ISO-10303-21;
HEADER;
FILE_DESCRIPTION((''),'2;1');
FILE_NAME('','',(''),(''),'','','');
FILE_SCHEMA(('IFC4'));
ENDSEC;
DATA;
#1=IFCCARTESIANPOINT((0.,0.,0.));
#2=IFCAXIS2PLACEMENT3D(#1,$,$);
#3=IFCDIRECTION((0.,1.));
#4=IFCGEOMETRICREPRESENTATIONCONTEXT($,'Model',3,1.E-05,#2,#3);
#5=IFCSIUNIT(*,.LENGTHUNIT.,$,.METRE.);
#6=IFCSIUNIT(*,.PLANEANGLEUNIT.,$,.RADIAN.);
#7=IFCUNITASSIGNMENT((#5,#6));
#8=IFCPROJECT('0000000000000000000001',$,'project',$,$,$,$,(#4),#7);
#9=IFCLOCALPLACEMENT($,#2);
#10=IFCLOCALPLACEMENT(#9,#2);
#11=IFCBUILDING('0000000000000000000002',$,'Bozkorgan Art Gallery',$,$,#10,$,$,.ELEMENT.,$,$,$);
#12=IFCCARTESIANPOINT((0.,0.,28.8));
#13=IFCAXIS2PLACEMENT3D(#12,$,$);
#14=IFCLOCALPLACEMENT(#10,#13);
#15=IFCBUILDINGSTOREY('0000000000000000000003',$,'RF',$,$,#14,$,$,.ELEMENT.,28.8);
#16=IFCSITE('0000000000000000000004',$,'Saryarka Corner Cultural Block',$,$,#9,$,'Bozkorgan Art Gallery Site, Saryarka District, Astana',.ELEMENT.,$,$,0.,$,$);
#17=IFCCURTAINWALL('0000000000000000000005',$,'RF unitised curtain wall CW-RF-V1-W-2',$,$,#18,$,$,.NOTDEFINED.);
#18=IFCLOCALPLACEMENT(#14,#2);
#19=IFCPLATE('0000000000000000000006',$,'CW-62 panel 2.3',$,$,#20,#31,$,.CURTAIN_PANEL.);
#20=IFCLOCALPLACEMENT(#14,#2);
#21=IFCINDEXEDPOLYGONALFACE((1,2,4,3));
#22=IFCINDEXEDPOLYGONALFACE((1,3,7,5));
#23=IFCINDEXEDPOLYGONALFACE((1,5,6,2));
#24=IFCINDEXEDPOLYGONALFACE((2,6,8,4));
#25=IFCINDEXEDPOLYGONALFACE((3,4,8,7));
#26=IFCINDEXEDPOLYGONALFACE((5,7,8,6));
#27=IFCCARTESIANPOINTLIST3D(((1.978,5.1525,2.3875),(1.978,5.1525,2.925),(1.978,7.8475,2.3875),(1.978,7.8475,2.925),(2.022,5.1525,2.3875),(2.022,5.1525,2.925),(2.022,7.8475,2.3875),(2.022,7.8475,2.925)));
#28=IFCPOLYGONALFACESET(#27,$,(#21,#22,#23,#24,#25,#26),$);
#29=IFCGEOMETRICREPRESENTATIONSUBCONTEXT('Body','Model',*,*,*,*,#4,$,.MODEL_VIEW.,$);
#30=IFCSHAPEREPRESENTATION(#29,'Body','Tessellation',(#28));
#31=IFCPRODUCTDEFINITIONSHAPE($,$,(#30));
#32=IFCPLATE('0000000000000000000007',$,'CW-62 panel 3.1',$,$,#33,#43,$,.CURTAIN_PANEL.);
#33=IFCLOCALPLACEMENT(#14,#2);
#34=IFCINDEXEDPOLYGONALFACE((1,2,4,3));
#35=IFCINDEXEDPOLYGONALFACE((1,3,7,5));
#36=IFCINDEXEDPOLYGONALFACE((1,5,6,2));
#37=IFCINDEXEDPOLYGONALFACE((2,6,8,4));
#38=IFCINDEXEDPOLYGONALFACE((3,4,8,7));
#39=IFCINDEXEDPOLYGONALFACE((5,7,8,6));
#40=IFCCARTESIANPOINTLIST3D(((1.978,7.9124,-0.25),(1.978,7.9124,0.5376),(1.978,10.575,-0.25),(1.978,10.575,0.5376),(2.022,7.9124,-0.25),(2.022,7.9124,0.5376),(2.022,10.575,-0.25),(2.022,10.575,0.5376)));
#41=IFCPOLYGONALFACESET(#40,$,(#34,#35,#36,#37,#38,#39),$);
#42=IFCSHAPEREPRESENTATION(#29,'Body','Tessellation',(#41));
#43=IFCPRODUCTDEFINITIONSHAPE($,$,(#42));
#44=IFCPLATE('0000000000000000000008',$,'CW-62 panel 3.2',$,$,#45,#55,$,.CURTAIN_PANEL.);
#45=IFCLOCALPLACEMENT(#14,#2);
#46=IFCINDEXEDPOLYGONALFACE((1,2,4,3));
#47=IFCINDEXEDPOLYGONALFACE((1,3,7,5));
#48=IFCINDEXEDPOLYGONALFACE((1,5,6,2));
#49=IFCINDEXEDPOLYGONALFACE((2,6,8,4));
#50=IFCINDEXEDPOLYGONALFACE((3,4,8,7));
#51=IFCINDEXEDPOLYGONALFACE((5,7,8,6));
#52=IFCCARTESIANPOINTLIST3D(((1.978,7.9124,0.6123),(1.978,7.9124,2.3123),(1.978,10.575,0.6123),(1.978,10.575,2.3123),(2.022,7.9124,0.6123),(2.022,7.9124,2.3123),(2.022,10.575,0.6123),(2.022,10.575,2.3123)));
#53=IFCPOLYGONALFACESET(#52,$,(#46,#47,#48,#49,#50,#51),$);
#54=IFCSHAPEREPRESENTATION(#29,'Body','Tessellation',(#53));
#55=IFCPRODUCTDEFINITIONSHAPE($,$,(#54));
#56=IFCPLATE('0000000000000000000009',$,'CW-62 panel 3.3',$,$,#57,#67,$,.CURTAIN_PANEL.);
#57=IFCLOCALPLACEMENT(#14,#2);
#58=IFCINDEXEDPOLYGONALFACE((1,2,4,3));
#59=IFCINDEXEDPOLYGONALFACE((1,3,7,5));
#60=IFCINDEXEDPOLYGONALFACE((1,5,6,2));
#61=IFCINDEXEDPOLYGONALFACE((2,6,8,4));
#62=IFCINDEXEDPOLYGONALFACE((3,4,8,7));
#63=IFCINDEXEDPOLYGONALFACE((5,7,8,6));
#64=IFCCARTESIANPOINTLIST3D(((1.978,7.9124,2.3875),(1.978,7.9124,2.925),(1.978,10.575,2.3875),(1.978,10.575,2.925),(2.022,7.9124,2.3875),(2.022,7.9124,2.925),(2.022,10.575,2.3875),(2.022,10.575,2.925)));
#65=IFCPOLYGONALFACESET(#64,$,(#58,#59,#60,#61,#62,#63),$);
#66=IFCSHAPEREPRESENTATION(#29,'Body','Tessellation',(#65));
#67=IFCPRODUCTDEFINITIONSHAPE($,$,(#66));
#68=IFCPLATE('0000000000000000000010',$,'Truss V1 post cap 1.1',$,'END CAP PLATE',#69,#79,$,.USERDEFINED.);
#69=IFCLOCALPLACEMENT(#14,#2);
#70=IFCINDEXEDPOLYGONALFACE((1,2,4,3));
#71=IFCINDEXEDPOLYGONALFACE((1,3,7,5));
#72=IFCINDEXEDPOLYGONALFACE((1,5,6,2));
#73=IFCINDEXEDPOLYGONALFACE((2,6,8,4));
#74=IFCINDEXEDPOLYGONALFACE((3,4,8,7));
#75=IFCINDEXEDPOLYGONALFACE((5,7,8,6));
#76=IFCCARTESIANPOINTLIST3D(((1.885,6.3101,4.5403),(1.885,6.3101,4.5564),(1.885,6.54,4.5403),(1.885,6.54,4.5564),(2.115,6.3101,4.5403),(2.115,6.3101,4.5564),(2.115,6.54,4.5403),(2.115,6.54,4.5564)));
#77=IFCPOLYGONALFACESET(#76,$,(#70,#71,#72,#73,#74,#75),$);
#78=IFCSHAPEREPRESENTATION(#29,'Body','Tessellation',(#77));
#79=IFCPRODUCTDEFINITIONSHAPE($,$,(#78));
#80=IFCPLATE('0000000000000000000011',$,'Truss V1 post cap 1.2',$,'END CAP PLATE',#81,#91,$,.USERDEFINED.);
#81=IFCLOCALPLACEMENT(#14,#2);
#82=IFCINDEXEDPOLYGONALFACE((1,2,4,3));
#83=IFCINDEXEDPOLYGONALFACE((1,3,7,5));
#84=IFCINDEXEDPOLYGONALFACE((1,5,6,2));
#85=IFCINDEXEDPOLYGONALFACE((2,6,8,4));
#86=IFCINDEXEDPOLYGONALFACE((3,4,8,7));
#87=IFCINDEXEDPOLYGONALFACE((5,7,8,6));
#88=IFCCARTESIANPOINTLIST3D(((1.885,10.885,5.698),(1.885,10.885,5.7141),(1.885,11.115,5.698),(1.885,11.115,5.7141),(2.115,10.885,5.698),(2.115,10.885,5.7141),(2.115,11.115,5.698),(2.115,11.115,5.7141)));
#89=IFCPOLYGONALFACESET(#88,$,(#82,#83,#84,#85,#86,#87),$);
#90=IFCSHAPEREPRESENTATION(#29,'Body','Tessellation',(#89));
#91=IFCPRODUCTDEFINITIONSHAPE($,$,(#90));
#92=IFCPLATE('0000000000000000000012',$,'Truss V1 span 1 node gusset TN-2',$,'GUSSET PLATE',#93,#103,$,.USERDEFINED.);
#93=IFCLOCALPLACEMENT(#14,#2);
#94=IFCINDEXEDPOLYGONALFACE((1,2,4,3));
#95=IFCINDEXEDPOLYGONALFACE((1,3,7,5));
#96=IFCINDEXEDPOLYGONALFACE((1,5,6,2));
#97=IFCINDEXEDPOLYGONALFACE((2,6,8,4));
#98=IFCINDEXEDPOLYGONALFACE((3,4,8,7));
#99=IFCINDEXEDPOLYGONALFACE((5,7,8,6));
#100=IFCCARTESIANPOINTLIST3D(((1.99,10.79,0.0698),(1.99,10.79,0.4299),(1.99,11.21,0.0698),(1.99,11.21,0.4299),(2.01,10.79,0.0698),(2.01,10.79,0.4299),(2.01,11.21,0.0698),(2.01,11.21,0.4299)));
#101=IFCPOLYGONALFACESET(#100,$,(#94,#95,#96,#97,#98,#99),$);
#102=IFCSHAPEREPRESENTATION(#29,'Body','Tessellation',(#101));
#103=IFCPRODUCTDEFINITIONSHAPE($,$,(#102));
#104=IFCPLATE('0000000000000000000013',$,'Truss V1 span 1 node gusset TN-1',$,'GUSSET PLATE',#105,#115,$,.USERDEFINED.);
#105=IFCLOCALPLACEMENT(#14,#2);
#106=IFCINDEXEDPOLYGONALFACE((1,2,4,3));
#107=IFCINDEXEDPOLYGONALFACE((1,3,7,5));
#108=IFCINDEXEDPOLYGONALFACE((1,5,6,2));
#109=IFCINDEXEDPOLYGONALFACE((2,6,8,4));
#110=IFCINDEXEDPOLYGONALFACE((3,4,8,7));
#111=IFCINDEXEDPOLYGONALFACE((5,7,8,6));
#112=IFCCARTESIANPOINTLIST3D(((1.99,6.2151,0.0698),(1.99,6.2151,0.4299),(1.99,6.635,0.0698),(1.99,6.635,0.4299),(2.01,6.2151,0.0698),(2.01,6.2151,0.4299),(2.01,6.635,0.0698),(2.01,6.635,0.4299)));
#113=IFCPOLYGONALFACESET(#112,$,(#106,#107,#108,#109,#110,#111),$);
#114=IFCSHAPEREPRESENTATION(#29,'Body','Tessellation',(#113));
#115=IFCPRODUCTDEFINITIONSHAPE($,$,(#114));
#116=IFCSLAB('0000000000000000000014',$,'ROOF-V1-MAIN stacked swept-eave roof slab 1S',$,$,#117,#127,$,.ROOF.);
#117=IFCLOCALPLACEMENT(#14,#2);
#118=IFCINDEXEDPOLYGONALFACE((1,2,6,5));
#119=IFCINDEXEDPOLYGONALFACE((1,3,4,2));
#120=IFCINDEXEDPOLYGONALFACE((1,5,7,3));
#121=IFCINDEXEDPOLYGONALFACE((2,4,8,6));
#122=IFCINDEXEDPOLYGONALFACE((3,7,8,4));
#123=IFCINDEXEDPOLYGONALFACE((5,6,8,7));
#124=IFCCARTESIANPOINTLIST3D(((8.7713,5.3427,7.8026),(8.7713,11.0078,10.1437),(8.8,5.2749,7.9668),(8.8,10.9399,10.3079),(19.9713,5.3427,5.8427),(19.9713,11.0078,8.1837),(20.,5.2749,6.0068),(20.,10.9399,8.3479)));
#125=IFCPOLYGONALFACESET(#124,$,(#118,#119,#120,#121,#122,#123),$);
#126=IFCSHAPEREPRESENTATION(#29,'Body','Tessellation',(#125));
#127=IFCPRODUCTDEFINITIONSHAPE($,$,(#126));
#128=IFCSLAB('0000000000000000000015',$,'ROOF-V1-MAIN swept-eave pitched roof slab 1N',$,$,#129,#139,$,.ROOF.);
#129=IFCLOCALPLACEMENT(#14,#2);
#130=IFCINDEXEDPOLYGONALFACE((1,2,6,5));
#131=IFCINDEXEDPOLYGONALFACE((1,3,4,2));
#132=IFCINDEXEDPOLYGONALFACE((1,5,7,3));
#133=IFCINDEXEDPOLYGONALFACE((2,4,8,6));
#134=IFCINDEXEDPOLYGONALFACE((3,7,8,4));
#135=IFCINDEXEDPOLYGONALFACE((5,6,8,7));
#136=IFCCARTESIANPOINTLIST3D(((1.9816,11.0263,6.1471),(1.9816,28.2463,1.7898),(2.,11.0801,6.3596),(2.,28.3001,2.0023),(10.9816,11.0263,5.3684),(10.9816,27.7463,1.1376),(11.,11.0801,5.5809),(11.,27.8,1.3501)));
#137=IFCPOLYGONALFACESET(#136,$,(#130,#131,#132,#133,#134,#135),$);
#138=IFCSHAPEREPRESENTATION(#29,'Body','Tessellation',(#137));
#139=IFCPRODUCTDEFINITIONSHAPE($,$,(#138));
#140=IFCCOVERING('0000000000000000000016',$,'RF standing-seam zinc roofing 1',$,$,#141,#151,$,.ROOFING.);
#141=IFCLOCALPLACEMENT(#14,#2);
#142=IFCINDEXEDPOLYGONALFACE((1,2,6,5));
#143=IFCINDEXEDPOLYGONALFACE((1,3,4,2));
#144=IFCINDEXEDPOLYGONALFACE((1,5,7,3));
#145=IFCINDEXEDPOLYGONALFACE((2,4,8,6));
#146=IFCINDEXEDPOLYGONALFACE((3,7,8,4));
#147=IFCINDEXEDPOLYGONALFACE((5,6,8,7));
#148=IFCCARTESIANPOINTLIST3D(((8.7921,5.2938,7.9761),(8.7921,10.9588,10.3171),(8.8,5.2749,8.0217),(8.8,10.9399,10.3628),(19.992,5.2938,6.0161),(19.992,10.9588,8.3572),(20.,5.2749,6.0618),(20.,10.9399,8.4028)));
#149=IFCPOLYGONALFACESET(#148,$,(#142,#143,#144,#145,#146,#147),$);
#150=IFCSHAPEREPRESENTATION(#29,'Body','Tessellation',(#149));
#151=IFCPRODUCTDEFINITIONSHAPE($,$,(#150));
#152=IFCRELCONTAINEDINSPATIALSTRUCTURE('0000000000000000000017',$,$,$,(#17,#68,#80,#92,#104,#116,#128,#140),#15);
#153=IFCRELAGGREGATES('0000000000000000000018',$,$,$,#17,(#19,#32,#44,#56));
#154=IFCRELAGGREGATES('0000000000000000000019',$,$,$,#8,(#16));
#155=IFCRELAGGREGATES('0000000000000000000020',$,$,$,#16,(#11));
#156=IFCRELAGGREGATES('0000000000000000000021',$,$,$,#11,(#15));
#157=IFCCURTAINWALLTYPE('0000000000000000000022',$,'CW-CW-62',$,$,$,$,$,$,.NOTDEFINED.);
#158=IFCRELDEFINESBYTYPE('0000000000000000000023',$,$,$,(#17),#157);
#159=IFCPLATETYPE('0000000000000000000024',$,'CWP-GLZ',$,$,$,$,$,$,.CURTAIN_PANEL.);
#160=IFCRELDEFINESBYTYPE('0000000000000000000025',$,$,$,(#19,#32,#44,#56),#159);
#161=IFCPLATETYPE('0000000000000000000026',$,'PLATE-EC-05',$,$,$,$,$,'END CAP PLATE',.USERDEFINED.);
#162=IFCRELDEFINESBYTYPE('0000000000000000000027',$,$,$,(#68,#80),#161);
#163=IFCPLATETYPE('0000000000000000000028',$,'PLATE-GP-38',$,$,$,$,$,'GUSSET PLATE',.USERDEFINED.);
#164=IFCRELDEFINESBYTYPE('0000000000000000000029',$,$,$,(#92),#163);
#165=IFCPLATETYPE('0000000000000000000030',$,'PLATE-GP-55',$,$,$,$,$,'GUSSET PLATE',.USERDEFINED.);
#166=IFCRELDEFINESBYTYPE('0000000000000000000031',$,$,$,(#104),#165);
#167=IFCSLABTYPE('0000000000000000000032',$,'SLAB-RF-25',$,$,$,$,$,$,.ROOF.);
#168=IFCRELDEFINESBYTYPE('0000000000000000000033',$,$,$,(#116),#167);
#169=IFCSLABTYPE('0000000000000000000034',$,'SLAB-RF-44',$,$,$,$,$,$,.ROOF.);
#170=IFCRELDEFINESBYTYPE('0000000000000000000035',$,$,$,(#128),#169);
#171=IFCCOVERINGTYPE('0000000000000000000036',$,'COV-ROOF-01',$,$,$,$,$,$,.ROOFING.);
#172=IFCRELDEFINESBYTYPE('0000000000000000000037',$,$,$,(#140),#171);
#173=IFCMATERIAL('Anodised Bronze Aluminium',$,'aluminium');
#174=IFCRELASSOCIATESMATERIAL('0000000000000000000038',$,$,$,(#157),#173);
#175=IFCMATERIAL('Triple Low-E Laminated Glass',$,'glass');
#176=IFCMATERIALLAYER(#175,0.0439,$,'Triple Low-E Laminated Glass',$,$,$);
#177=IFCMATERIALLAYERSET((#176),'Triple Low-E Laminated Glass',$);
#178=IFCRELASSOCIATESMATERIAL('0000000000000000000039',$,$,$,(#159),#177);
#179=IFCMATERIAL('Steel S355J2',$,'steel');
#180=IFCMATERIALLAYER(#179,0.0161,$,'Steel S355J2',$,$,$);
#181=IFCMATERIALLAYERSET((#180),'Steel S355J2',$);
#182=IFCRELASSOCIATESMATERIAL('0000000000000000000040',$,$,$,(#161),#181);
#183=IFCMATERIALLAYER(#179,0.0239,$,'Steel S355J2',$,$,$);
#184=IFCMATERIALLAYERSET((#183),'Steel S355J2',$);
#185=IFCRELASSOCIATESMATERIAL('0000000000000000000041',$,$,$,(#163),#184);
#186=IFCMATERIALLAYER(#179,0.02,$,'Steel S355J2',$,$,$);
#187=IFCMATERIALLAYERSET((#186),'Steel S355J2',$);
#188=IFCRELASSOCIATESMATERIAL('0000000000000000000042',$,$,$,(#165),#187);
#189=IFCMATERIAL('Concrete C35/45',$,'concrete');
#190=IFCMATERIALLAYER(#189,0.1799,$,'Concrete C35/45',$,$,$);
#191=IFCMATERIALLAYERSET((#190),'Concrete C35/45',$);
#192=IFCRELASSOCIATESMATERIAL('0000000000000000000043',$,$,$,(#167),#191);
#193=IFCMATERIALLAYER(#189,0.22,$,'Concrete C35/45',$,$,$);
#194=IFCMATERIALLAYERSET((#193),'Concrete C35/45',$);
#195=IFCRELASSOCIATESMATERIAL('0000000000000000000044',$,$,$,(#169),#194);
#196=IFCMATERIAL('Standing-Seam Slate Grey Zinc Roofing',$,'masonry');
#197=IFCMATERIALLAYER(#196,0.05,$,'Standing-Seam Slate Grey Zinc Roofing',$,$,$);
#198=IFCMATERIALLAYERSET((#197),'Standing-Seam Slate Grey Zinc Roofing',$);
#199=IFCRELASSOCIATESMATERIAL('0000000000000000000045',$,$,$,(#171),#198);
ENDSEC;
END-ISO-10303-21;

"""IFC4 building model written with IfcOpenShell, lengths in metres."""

from ifc_helpers import new_model, si_unit, direction, frame, origin, origin_2d, place, context, subcontext, project, spatial, polyline, rectangle, outline, extrude, material, layer, layer_set, type_object, element, aggregate, save


model = new_model("IFC4")

# Units and contexts
model_context = context("Model", 3, precision=1e-05, world=origin(), true_north=direction((0.0, 1.0)))
body_context = subcontext(model_context, "Body", "Model", "MODEL_VIEW")
ifc_project = project(units=[si_unit("LENGTHUNIT", "METRE"), si_unit("PLANEANGLEUNIT", "RADIAN")], contexts=[model_context])

# Site, building, storey
site_placement = place(None, origin())
site = spatial("IfcSite", under=ifc_project, at=site_placement, Name="Saryarka Corner Cultural Block", LongName="Bozkorgan Art Gallery Site, Saryarka District, Astana", CompositionType="ELEMENT", RefElevation=0.0)
building_placement = place(site_placement, origin())
building = spatial("IfcBuilding", under=site, at=building_placement, Name="Bozkorgan Art Gallery", CompositionType="ELEMENT")
storey_placement = place(building_placement, frame((0.0, 0.0, 28.8)))
storey = spatial("IfcBuildingStorey", under=building, at=storey_placement, Name="RF", CompositionType="ELEMENT", Elevation=28.8)

# Curtain wall
ifc_material_1 = material(Name="Anodised Bronze Aluminium", Category="aluminium")
curtain_wall_type = type_object("IfcCurtainWallType", Name="CW-CW-62", PredefinedType="NOTDEFINED", material=ifc_material_1)
curtain_wall_1_placement = place(storey_placement, origin())
curtain_wall_1 = element("IfcCurtainWall", 1, at=curtain_wall_1_placement, inside=storey, type_object=curtain_wall_type, Name="RF unitised curtain wall CW-RF-V1-W-2", PredefinedType="NOTDEFINED")

# Shared definitions
ifc_material_2 = material(Name="Steel S355J2", Category="steel")

# Plates
ifc_material_3 = material(Name="Triple Low-E Laminated Glass", Category="glass")
ifc_layer_1 = layer(ifc_material_3, 0.0439, Name="Triple Low-E Laminated Glass")
ifc_layer_set_1 = layer_set([ifc_layer_1], Name="Triple Low-E Laminated Glass")
plate_type_1 = type_object("IfcPlateType", Name="CWP-GLZ", PredefinedType="CURTAIN_PANEL", material=ifc_layer_set_1)
plate_1_placement = place(storey_placement, frame((2.0, 6.5, 2.3875), z_axis=(0.0, 0.0, 1.0), x_axis=(0.0, 1.0, 0.0)))
plate_1 = element("IfcPlate", 2, at=plate_1_placement, type_object=plate_type_1, Name="CW-62 panel 2.3", PredefinedType="CURTAIN_PANEL", context=body_context, shape_type="SweptSolid", body=[
    extrude(rectangle(XDim=2.6951, YDim=0.0439, at=origin_2d()), origin(), (0.0, 0.0, 1.0), 0.5376),
])
plate_2_placement = place(storey_placement, frame((2.0, 9.2437, -0.25), z_axis=(0.0, 0.0, 1.0), x_axis=(0.0, 1.0, 0.0)))
plate_2 = element("IfcPlate", 3, at=plate_2_placement, type_object=plate_type_1, Name="CW-62 panel 3.1", PredefinedType="CURTAIN_PANEL", context=body_context, shape_type="SweptSolid", body=[
    extrude(rectangle(XDim=2.6626, YDim=0.0439, at=origin_2d()), origin(), (0.0, 0.0, 1.0), 0.7876),
])
plate_3_placement = place(storey_placement, frame((2.0, 9.2437, 0.6123), z_axis=(0.0, 0.0, 1.0), x_axis=(0.0, 1.0, 0.0)))
plate_3 = element("IfcPlate", 4, at=plate_3_placement, type_object=plate_type_1, Name="CW-62 panel 3.2", PredefinedType="CURTAIN_PANEL", context=body_context, shape_type="SweptSolid", body=[
    extrude(rectangle(XDim=2.6626, YDim=0.0439, at=origin_2d()), origin(), (0.0, 0.0, 1.0), 1.7),
])
plate_4_placement = place(storey_placement, frame((2.0, 9.2437, 2.3875), z_axis=(0.0, 0.0, 1.0), x_axis=(0.0, 1.0, 0.0)))
plate_4 = element("IfcPlate", 5, at=plate_4_placement, type_object=plate_type_1, Name="CW-62 panel 3.3", PredefinedType="CURTAIN_PANEL", context=body_context, shape_type="SweptSolid", body=[
    extrude(rectangle(XDim=2.6626, YDim=0.0439, at=origin_2d()), origin(), (0.0, 0.0, 1.0), 0.5376),
])
aggregate(curtain_wall_1, [plate_1, plate_2, plate_3, plate_4])

# Plates
ifc_layer_2 = layer(ifc_material_2, 0.0161, Name="Steel S355J2")
ifc_layer_set_2 = layer_set([ifc_layer_2], Name="Steel S355J2")
plate_type_2 = type_object("IfcPlateType", Name="PLATE-EC-05", ElementType="END CAP PLATE", PredefinedType="USERDEFINED", material=ifc_layer_set_2)
for number, where, z_axis, x_axis, name in (
    (6, (2.0, 6.425, 4.5403), (0.0, 0.0, 1.0), (1.0, 0.0, 0.0), "Truss V1 post cap 1.1"),
    (7, (2.0, 11.0, 5.698), (0.0, 0.0, 1.0), (1.0, 0.0, 0.0), "Truss V1 post cap 1.2"),
):
    element("IfcPlate", number, at=place(storey_placement, frame(where, z_axis=z_axis, x_axis=x_axis)), inside=storey, type_object=plate_type_2, Name=name, ObjectType="END CAP PLATE", PredefinedType="USERDEFINED", context=body_context, shape_type="SweptSolid", body=[
        extrude(rectangle(XDim=0.23, YDim=0.23, at=origin_2d()), origin(), (0.0, 0.0, 1.0), 0.0161),
    ])
ifc_layer_3 = layer(ifc_material_2, 0.0239, Name="Steel S355J2")
ifc_layer_set_3 = layer_set([ifc_layer_3], Name="Steel S355J2")
plate_type_3 = type_object("IfcPlateType", Name="PLATE-GP-38", ElementType="GUSSET PLATE", PredefinedType="USERDEFINED", material=ifc_layer_set_3)
plate_5_placement = place(storey_placement, frame((2.0, 11.0, 0.0698), z_axis=(0.0, 0.0, 1.0), x_axis=(1.0, 0.0, 0.0)))
element("IfcPlate", 8, at=plate_5_placement, inside=storey, type_object=plate_type_3, Name="Truss V1 span 1 node gusset TN-2", ObjectType="GUSSET PLATE", PredefinedType="USERDEFINED", context=body_context, shape_type="SweptSolid", body=[
    extrude(rectangle(XDim=0.02, YDim=0.4199, at=origin_2d()), origin(), (0.0, 0.0, 1.0), 0.3601),
])
ifc_layer_4 = layer(ifc_material_2, 0.02, Name="Steel S355J2")
ifc_layer_set_4 = layer_set([ifc_layer_4], Name="Steel S355J2")
plate_type_4 = type_object("IfcPlateType", Name="PLATE-GP-55", ElementType="GUSSET PLATE", PredefinedType="USERDEFINED", material=ifc_layer_set_4)
plate_6_placement = place(storey_placement, frame((2.0, 6.425, 0.0698), z_axis=(0.0, 0.0, 1.0), x_axis=(1.0, 0.0, 0.0)))
element("IfcPlate", 9, at=plate_6_placement, inside=storey, type_object=plate_type_4, Name="Truss V1 span 1 node gusset TN-1", ObjectType="GUSSET PLATE", PredefinedType="USERDEFINED", context=body_context, shape_type="SweptSolid", body=[
    extrude(rectangle(XDim=0.02, YDim=0.4199, at=origin_2d()), origin(), (0.0, 0.0, 1.0), 0.3601),
])

# Slabs
ifc_material_4 = material(Name="Concrete C35/45", Category="concrete")
ifc_layer_5 = layer(ifc_material_4, 0.1799, Name="Concrete C35/45")
ifc_layer_set_5 = layer_set([ifc_layer_5], Name="Concrete C35/45")
slab_type_1 = type_object("IfcSlabType", Name="SLAB-RF-25", PredefinedType="ROOF", material=ifc_layer_set_5)
slab_1_placement = place(storey_placement, frame((8.8, 5.2749, 7.9668), z_axis=(0.159657, -0.377022, 0.91234), x_axis=(0.985031, 0.0, -0.172378)))
element("IfcSlab", 10, at=slab_1_placement, inside=storey, type_object=slab_type_1, Name="ROOF-V1-MAIN stacked swept-eave roof slab 1S", PredefinedType="ROOF", context=body_context, shape_type="SweptSolid", body=[
    extrude(outline(polyline([(0.0, 0.0), (11.3702, 0.0), (10.9666, 6.1164), (-0.4035, 6.1164), (0.0, 0.0)])), origin(), (0.0, 0.0, -1.0), 0.1799),
])
ifc_layer_6 = layer(ifc_material_4, 0.22, Name="Concrete C35/45")
ifc_layer_set_6 = layer_set([ifc_layer_6], Name="Concrete C35/45")
slab_type_2 = type_object("IfcSlabType", Name="SLAB-RF-44", PredefinedType="ROOF", material=ifc_layer_set_6)
slab_2_placement = place(storey_placement, frame((2.0, 11.0801, 6.3596), z_axis=(0.083587, 0.244449, 0.966053), x_axis=(0.996278, 0.000002, -0.086202)))
element("IfcSlab", 11, at=slab_2_placement, inside=storey, type_object=slab_type_2, Name="ROOF-V1-MAIN swept-eave pitched roof slab 1N", PredefinedType="ROOF", context=body_context, shape_type="SweptSolid", body=[
    extrude(outline(polyline([(0.0, 0.0), (9.0336, 0.0), (9.3984, 17.2431), (0.3757, 17.7588), (0.0, 0.0)])), origin(), (0.0, 0.0, -1.0), 0.22),
])

# Covering
ifc_material_5 = material(Name="Standing-Seam Slate Grey Zinc Roofing", Category="masonry")
ifc_layer_7 = layer(ifc_material_5, 0.05, Name="Standing-Seam Slate Grey Zinc Roofing")
ifc_layer_set_7 = layer_set([ifc_layer_7], Name="Standing-Seam Slate Grey Zinc Roofing")
covering_type = type_object("IfcCoveringType", Name="COV-ROOF-01", PredefinedType="ROOFING", material=ifc_layer_set_7)
covering_placement = place(storey_placement, frame((8.8, 5.2749, 8.0217), z_axis=(0.159657, -0.377022, 0.91234), x_axis=(0.985031, 0.0, -0.172378)))
element("IfcCovering", 12, at=covering_placement, inside=storey, type_object=covering_type, Name="RF standing-seam zinc roofing 1", PredefinedType="ROOFING", context=body_context, shape_type="SweptSolid", body=[
    extrude(outline(polyline([(0.0, 0.0), (11.3702, 0.0), (10.9666, 6.1164), (-0.4035, 6.1164), (0.0, 0.0)])), origin(), (0.0, 0.0, -1.0), 0.05),
])

save(model, "model.ifc")
